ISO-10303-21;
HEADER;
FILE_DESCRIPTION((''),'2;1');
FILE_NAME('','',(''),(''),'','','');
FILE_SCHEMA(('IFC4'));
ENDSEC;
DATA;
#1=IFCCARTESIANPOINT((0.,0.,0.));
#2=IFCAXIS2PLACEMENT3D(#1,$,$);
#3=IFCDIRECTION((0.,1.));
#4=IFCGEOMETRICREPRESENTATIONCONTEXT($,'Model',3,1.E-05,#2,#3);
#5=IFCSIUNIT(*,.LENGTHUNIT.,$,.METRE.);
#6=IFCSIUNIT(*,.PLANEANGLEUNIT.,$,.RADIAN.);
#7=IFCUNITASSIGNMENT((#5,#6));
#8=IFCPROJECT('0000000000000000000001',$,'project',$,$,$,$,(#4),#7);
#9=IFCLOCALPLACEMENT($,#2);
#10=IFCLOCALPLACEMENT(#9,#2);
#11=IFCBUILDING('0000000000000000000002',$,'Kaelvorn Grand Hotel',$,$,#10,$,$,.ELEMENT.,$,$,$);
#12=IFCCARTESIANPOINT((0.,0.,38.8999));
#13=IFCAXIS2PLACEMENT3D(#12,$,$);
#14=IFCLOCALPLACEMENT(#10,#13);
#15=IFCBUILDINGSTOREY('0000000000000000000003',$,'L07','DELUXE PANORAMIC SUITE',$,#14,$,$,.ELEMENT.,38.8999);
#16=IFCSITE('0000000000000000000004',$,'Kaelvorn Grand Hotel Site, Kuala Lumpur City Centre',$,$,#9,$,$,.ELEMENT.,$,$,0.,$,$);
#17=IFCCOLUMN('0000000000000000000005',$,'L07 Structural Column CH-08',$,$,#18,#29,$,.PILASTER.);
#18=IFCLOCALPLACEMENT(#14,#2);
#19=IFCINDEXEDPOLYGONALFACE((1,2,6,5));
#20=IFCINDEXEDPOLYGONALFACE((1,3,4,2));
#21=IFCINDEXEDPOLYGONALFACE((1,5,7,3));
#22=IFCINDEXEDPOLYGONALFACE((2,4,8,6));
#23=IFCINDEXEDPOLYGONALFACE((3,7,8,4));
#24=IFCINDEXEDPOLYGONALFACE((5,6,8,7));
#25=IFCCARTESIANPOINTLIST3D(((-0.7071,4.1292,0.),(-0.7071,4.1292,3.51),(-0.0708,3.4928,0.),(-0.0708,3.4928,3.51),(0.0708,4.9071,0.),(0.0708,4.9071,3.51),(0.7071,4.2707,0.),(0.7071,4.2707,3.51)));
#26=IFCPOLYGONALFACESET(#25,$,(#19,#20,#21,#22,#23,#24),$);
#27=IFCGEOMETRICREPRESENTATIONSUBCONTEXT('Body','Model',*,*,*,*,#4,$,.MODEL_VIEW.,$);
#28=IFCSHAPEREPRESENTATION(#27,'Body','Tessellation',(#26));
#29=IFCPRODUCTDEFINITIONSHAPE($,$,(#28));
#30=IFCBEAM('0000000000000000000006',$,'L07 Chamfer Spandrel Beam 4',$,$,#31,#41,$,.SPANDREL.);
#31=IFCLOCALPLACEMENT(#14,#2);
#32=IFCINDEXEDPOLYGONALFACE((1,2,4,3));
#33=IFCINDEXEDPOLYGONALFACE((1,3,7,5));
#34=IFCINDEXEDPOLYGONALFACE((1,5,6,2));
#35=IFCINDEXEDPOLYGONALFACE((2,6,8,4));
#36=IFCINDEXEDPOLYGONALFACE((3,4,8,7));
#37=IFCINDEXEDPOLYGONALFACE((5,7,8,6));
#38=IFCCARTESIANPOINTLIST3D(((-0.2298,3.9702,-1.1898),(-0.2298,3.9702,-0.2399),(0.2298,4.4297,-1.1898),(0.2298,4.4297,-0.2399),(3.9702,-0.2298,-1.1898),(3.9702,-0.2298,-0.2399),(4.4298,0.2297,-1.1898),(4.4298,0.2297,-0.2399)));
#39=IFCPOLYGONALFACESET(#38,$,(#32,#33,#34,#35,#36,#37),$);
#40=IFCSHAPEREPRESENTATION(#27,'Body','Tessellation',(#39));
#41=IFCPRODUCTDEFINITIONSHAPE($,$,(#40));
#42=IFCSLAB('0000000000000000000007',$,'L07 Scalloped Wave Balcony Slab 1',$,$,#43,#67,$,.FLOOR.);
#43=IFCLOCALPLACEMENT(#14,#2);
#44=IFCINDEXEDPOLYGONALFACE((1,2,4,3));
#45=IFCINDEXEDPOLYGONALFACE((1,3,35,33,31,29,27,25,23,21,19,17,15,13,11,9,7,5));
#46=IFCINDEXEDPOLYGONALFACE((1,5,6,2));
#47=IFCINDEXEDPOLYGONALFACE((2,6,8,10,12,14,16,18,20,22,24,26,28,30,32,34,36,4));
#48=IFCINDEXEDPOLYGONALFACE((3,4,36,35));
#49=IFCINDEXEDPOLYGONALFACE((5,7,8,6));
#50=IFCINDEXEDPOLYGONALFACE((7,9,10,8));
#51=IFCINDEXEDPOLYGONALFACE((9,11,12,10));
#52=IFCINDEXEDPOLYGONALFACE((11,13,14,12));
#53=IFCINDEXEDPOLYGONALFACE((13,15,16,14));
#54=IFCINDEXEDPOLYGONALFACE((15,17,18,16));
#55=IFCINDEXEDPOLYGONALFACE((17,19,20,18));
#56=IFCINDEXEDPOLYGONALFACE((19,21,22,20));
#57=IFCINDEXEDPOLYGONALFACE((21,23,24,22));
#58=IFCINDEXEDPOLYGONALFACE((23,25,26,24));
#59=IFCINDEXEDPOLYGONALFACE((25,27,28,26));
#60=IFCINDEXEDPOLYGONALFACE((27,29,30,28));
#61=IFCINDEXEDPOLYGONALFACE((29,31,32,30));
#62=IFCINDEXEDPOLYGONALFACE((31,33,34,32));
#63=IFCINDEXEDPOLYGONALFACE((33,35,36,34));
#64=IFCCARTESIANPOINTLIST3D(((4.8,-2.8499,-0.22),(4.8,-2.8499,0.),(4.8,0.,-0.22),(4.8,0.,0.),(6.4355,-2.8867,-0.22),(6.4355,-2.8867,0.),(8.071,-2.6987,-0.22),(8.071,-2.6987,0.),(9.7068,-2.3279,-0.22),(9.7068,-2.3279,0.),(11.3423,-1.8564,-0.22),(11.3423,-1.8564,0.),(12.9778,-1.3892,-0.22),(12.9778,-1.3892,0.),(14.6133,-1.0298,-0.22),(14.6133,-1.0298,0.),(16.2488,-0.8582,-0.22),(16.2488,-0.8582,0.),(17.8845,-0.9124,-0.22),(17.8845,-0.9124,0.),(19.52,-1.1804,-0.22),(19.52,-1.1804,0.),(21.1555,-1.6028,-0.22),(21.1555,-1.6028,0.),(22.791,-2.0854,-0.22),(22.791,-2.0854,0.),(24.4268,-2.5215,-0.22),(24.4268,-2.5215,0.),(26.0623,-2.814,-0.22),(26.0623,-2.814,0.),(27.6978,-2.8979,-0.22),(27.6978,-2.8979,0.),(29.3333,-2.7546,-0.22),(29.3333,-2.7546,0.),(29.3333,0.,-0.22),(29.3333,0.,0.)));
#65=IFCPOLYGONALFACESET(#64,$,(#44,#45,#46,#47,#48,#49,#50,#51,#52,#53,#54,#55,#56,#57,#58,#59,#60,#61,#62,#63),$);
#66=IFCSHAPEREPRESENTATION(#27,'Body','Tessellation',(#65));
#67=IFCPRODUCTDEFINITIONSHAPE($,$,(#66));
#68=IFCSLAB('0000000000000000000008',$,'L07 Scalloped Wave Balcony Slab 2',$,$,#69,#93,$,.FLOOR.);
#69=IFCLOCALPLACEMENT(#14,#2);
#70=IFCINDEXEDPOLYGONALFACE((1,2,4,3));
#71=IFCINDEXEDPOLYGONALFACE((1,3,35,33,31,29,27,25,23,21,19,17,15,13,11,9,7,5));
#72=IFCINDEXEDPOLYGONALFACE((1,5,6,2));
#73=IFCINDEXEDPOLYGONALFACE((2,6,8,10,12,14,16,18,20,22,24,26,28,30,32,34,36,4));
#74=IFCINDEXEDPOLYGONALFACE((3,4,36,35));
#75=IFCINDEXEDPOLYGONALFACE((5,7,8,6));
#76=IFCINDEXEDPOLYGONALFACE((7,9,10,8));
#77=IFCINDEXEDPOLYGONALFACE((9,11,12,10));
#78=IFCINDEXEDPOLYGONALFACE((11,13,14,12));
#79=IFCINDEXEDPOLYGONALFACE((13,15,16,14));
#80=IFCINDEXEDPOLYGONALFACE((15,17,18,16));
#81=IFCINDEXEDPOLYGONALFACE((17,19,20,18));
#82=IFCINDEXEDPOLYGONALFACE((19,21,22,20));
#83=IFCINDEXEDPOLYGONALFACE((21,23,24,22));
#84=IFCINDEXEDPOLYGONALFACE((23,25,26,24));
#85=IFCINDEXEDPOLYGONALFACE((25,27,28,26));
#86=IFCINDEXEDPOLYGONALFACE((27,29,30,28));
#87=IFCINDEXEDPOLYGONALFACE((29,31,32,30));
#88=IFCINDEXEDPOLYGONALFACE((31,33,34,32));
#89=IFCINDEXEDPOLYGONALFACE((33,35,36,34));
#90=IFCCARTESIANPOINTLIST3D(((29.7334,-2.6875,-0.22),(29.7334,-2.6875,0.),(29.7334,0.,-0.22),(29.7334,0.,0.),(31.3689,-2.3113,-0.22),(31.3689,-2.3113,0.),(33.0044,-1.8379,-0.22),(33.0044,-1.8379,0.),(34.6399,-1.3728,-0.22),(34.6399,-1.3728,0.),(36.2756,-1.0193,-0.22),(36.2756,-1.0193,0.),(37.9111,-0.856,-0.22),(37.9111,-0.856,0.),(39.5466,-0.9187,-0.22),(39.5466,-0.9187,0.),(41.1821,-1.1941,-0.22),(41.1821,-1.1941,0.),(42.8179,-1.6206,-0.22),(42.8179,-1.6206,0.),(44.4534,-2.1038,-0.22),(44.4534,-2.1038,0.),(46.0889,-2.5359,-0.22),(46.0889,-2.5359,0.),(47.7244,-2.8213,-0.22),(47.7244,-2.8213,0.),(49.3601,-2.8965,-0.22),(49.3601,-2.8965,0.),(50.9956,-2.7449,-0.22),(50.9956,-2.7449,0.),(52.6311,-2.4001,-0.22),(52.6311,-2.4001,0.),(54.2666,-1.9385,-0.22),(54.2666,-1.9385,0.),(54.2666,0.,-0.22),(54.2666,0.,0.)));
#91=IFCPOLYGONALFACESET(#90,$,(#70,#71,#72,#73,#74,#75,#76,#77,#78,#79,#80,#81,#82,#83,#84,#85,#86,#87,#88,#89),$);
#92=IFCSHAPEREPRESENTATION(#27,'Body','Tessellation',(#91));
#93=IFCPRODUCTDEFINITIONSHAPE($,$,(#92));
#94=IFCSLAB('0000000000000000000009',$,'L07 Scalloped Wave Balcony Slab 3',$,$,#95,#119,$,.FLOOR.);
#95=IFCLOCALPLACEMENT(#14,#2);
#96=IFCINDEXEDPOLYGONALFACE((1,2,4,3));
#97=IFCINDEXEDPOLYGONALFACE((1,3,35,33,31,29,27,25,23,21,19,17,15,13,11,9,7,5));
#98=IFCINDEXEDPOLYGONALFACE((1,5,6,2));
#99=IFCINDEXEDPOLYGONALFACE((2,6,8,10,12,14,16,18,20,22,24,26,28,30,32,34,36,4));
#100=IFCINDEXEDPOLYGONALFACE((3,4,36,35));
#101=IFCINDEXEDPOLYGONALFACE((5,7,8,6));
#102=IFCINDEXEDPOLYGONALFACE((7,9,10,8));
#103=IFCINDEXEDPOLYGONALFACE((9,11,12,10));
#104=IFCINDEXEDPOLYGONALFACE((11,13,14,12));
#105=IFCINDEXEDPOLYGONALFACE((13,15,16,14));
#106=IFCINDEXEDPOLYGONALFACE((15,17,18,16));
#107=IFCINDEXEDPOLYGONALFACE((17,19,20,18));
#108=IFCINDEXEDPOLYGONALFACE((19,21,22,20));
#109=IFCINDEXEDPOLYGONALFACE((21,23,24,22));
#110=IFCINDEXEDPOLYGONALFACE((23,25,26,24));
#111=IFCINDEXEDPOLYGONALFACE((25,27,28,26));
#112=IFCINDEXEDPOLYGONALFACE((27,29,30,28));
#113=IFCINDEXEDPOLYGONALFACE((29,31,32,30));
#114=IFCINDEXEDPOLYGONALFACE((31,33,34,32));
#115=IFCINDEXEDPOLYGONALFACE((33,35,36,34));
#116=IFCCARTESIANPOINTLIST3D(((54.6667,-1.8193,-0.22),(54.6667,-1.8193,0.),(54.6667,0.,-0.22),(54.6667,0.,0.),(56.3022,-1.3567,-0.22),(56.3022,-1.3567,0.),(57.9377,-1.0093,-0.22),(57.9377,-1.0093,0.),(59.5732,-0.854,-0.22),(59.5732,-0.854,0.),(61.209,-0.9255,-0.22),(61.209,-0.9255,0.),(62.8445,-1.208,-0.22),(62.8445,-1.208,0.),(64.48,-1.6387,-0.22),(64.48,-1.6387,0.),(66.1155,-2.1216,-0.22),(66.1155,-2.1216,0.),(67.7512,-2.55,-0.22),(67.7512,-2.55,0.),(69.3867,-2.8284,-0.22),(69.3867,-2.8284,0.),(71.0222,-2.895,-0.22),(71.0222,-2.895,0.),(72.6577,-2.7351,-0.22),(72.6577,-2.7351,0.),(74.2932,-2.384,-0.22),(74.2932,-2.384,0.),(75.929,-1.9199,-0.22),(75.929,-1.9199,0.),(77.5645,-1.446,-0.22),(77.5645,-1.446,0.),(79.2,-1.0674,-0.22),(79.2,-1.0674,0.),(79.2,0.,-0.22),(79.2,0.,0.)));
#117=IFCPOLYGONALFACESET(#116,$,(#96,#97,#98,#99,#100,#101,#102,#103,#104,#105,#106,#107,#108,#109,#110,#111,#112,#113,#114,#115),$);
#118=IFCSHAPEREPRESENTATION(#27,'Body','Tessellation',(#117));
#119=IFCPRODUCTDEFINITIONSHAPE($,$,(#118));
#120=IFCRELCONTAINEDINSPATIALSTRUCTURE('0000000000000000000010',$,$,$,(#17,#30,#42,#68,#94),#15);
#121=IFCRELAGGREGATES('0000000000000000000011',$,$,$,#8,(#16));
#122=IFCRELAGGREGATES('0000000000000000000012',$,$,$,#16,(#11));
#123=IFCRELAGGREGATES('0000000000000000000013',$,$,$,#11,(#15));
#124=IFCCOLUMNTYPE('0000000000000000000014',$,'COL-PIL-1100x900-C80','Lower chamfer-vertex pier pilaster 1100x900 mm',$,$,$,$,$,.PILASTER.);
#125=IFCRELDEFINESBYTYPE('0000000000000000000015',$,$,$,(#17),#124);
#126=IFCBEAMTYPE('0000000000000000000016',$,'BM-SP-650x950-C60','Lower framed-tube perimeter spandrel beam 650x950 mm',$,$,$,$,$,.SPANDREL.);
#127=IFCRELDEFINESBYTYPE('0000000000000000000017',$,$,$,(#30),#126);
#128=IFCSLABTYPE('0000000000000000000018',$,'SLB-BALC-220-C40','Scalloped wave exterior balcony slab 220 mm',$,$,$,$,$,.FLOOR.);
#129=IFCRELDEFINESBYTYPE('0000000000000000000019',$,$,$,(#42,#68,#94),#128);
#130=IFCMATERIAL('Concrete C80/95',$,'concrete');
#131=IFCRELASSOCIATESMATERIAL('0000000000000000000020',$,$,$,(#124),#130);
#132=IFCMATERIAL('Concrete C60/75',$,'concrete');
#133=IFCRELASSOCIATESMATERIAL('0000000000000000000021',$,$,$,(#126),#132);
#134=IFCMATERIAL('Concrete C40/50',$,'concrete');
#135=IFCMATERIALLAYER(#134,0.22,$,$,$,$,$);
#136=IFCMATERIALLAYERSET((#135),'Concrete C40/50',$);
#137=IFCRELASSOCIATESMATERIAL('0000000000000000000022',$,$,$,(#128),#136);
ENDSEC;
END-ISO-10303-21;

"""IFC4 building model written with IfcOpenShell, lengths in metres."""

from ifc_helpers import new_model, si_unit, direction, frame, origin, origin_2d, place, context, subcontext, project, spatial, polyline, rectangle, outline, extrude, material, layer, layer_set, material_profile, profile_set, type_object, element, save


model = new_model("IFC4")

# Units and contexts
model_context = context("Model", 3, precision=1e-05, world=origin(), true_north=direction((0.0, 1.0)))
body_context = subcontext(model_context, "Body", "Model", "MODEL_VIEW")
ifc_project = project(units=[si_unit("LENGTHUNIT", "METRE"), si_unit("PLANEANGLEUNIT", "RADIAN")], contexts=[model_context])

# Site, building, storey
site_placement = place(None, origin())
site = spatial("IfcSite", under=ifc_project, at=site_placement, Name="Kaelvorn Grand Hotel Site, Kuala Lumpur City Centre", CompositionType="ELEMENT", RefElevation=0.0)
building_placement = place(site_placement, origin())
building = spatial("IfcBuilding", under=site, at=building_placement, Name="Kaelvorn Grand Hotel", CompositionType="ELEMENT")
storey_placement = place(building_placement, frame((0.0, 0.0, 38.8999)))
storey = spatial("IfcBuildingStorey", under=building, at=storey_placement, Name="L07", Description="DELUXE PANORAMIC SUITE", CompositionType="ELEMENT", Elevation=38.8999)

# Column
ifc_material_1 = material(Name="Concrete C80/95", Category="concrete")
ifc_material_profile_1 = material_profile(ifc_material_1, rectangle(XDim=1.1001, YDim=0.8999, at=origin_2d()), Name="RC PILASTER 1100x900")
ifc_profile_set_1 = profile_set([ifc_material_profile_1], Name="Concrete C80/95")
column_type = type_object("IfcColumnType", Name="COL-PIL-1100x900-C80", Description="Lower chamfer-vertex pier pilaster 1100x900 mm", PredefinedType="PILASTER", material=ifc_profile_set_1)
column_placement = place(storey_placement, frame((0.0, 4.2, 0.0), z_axis=(0.0, 0.0, 1.0), x_axis=(0.707107, 0.707107, 0.0)))
element("IfcColumn", 1, at=column_placement, inside=storey, type_object=column_type, Name="L07 Structural Column CH-08", PredefinedType="PILASTER", context=body_context, shape_type="SweptSolid", body=[
    extrude(rectangle(XDim=1.1001, YDim=0.8999, at=origin_2d()), origin(), (0.0, 0.0, 1.0), 3.51),
])

# Beam
ifc_material_2 = material(Name="Concrete C60/75", Category="concrete")
ifc_material_profile_2 = material_profile(ifc_material_2, rectangle(XDim=0.6499, YDim=0.95, at=origin_2d()), Name="RC SPANDREL 650x950")
ifc_profile_set_2 = profile_set([ifc_material_profile_2], Name="Concrete C60/75")
beam_type = type_object("IfcBeamType", Name="BM-SP-650x950-C60", Description="Lower framed-tube perimeter spandrel beam 650x950 mm", PredefinedType="SPANDREL", material=ifc_profile_set_2)
beam_placement = place(storey_placement, frame((0.0, 4.2, -0.7148), z_axis=(0.707107, -0.707107, 0.0), x_axis=(0.707107, 0.707107, 0.0)))
element("IfcBeam", 2, at=beam_placement, inside=storey, type_object=beam_type, Name="L07 Chamfer Spandrel Beam 4", PredefinedType="SPANDREL", context=body_context, shape_type="SweptSolid", body=[
    extrude(rectangle(XDim=0.6499, YDim=0.95, at=origin_2d()), origin(), (0.0, 0.0, 1.0), 5.9397),
])

# Slabs
ifc_material_3 = material(Name="Concrete C40/50", Category="concrete")
ifc_layer_1 = layer(ifc_material_3, 0.22)
ifc_layer_set_1 = layer_set([ifc_layer_1], Name="Concrete C40/50")
slab_type_1 = type_object("IfcSlabType", Name="SLB-BALC-220-C40", Description="Scalloped wave exterior balcony slab 220 mm", PredefinedType="FLOOR", material=ifc_layer_set_1)
slab_1_placement = place(storey_placement, frame((0.0, 0.0, -0.22)))
element("IfcSlab", 3, at=slab_1_placement, inside=storey, type_object=slab_type_1, Name="L07 Scalloped Wave Balcony Slab 1", PredefinedType="FLOOR", context=body_context, shape_type="SweptSolid", body=[
    extrude(outline(polyline([(4.8, -2.8499), (6.4355, -2.8867), (8.071, -2.6987), (9.7068, -2.3279), (11.3423, -1.8564), (12.9778, -1.3892), (14.6133, -1.0298), (16.2488, -0.8582), (17.8845, -0.9124), (19.52, -1.1804), (21.1555, -1.6028), (22.791, -2.0854), (24.4268, -2.5215), (26.0623, -2.814), (27.6978, -2.8979), (29.3333, -2.7546), (29.3333, 0.0), (4.8, 0.0), (4.8, -2.8499)])), origin(), (0.0, 0.0, 1.0), 0.22),
])
slab_2_placement = place(storey_placement, frame((0.0, 0.0, -0.22)))
element("IfcSlab", 4, at=slab_2_placement, inside=storey, type_object=slab_type_1, Name="L07 Scalloped Wave Balcony Slab 2", PredefinedType="FLOOR", context=body_context, shape_type="SweptSolid", body=[
    extrude(outline(polyline([(29.7334, -2.6875), (31.3689, -2.3113), (33.0044, -1.8379), (34.6399, -1.3728), (36.2756, -1.0193), (37.9111, -0.856), (39.5466, -0.9187), (41.1821, -1.1941), (42.8179, -1.6206), (44.4534, -2.1038), (46.0889, -2.5359), (47.7244, -2.8213), (49.3601, -2.8965), (50.9956, -2.7449), (52.6311, -2.4001), (54.2666, -1.9385), (54.2666, 0.0), (29.7334, 0.0), (29.7334, -2.6875)])), origin(), (0.0, 0.0, 1.0), 0.22),
])
slab_3_placement = place(storey_placement, frame((0.0, 0.0, -0.22)))
element("IfcSlab", 5, at=slab_3_placement, inside=storey, type_object=slab_type_1, Name="L07 Scalloped Wave Balcony Slab 3", PredefinedType="FLOOR", context=body_context, shape_type="SweptSolid", body=[
    extrude(outline(polyline([(54.6667, -1.8193), (56.3022, -1.3567), (57.9377, -1.0093), (59.5732, -0.854), (61.209, -0.9255), (62.8445, -1.208), (64.48, -1.6387), (66.1155, -2.1216), (67.7512, -2.55), (69.3867, -2.8284), (71.0222, -2.895), (72.6577, -2.7351), (74.2932, -2.384), (75.929, -1.9199), (77.5645, -1.446), (79.2, -1.0674), (79.2, 0.0), (54.6667, 0.0), (54.6667, -1.8193)])), origin(), (0.0, 0.0, 1.0), 0.22),
])

save(model, "model.ifc")
